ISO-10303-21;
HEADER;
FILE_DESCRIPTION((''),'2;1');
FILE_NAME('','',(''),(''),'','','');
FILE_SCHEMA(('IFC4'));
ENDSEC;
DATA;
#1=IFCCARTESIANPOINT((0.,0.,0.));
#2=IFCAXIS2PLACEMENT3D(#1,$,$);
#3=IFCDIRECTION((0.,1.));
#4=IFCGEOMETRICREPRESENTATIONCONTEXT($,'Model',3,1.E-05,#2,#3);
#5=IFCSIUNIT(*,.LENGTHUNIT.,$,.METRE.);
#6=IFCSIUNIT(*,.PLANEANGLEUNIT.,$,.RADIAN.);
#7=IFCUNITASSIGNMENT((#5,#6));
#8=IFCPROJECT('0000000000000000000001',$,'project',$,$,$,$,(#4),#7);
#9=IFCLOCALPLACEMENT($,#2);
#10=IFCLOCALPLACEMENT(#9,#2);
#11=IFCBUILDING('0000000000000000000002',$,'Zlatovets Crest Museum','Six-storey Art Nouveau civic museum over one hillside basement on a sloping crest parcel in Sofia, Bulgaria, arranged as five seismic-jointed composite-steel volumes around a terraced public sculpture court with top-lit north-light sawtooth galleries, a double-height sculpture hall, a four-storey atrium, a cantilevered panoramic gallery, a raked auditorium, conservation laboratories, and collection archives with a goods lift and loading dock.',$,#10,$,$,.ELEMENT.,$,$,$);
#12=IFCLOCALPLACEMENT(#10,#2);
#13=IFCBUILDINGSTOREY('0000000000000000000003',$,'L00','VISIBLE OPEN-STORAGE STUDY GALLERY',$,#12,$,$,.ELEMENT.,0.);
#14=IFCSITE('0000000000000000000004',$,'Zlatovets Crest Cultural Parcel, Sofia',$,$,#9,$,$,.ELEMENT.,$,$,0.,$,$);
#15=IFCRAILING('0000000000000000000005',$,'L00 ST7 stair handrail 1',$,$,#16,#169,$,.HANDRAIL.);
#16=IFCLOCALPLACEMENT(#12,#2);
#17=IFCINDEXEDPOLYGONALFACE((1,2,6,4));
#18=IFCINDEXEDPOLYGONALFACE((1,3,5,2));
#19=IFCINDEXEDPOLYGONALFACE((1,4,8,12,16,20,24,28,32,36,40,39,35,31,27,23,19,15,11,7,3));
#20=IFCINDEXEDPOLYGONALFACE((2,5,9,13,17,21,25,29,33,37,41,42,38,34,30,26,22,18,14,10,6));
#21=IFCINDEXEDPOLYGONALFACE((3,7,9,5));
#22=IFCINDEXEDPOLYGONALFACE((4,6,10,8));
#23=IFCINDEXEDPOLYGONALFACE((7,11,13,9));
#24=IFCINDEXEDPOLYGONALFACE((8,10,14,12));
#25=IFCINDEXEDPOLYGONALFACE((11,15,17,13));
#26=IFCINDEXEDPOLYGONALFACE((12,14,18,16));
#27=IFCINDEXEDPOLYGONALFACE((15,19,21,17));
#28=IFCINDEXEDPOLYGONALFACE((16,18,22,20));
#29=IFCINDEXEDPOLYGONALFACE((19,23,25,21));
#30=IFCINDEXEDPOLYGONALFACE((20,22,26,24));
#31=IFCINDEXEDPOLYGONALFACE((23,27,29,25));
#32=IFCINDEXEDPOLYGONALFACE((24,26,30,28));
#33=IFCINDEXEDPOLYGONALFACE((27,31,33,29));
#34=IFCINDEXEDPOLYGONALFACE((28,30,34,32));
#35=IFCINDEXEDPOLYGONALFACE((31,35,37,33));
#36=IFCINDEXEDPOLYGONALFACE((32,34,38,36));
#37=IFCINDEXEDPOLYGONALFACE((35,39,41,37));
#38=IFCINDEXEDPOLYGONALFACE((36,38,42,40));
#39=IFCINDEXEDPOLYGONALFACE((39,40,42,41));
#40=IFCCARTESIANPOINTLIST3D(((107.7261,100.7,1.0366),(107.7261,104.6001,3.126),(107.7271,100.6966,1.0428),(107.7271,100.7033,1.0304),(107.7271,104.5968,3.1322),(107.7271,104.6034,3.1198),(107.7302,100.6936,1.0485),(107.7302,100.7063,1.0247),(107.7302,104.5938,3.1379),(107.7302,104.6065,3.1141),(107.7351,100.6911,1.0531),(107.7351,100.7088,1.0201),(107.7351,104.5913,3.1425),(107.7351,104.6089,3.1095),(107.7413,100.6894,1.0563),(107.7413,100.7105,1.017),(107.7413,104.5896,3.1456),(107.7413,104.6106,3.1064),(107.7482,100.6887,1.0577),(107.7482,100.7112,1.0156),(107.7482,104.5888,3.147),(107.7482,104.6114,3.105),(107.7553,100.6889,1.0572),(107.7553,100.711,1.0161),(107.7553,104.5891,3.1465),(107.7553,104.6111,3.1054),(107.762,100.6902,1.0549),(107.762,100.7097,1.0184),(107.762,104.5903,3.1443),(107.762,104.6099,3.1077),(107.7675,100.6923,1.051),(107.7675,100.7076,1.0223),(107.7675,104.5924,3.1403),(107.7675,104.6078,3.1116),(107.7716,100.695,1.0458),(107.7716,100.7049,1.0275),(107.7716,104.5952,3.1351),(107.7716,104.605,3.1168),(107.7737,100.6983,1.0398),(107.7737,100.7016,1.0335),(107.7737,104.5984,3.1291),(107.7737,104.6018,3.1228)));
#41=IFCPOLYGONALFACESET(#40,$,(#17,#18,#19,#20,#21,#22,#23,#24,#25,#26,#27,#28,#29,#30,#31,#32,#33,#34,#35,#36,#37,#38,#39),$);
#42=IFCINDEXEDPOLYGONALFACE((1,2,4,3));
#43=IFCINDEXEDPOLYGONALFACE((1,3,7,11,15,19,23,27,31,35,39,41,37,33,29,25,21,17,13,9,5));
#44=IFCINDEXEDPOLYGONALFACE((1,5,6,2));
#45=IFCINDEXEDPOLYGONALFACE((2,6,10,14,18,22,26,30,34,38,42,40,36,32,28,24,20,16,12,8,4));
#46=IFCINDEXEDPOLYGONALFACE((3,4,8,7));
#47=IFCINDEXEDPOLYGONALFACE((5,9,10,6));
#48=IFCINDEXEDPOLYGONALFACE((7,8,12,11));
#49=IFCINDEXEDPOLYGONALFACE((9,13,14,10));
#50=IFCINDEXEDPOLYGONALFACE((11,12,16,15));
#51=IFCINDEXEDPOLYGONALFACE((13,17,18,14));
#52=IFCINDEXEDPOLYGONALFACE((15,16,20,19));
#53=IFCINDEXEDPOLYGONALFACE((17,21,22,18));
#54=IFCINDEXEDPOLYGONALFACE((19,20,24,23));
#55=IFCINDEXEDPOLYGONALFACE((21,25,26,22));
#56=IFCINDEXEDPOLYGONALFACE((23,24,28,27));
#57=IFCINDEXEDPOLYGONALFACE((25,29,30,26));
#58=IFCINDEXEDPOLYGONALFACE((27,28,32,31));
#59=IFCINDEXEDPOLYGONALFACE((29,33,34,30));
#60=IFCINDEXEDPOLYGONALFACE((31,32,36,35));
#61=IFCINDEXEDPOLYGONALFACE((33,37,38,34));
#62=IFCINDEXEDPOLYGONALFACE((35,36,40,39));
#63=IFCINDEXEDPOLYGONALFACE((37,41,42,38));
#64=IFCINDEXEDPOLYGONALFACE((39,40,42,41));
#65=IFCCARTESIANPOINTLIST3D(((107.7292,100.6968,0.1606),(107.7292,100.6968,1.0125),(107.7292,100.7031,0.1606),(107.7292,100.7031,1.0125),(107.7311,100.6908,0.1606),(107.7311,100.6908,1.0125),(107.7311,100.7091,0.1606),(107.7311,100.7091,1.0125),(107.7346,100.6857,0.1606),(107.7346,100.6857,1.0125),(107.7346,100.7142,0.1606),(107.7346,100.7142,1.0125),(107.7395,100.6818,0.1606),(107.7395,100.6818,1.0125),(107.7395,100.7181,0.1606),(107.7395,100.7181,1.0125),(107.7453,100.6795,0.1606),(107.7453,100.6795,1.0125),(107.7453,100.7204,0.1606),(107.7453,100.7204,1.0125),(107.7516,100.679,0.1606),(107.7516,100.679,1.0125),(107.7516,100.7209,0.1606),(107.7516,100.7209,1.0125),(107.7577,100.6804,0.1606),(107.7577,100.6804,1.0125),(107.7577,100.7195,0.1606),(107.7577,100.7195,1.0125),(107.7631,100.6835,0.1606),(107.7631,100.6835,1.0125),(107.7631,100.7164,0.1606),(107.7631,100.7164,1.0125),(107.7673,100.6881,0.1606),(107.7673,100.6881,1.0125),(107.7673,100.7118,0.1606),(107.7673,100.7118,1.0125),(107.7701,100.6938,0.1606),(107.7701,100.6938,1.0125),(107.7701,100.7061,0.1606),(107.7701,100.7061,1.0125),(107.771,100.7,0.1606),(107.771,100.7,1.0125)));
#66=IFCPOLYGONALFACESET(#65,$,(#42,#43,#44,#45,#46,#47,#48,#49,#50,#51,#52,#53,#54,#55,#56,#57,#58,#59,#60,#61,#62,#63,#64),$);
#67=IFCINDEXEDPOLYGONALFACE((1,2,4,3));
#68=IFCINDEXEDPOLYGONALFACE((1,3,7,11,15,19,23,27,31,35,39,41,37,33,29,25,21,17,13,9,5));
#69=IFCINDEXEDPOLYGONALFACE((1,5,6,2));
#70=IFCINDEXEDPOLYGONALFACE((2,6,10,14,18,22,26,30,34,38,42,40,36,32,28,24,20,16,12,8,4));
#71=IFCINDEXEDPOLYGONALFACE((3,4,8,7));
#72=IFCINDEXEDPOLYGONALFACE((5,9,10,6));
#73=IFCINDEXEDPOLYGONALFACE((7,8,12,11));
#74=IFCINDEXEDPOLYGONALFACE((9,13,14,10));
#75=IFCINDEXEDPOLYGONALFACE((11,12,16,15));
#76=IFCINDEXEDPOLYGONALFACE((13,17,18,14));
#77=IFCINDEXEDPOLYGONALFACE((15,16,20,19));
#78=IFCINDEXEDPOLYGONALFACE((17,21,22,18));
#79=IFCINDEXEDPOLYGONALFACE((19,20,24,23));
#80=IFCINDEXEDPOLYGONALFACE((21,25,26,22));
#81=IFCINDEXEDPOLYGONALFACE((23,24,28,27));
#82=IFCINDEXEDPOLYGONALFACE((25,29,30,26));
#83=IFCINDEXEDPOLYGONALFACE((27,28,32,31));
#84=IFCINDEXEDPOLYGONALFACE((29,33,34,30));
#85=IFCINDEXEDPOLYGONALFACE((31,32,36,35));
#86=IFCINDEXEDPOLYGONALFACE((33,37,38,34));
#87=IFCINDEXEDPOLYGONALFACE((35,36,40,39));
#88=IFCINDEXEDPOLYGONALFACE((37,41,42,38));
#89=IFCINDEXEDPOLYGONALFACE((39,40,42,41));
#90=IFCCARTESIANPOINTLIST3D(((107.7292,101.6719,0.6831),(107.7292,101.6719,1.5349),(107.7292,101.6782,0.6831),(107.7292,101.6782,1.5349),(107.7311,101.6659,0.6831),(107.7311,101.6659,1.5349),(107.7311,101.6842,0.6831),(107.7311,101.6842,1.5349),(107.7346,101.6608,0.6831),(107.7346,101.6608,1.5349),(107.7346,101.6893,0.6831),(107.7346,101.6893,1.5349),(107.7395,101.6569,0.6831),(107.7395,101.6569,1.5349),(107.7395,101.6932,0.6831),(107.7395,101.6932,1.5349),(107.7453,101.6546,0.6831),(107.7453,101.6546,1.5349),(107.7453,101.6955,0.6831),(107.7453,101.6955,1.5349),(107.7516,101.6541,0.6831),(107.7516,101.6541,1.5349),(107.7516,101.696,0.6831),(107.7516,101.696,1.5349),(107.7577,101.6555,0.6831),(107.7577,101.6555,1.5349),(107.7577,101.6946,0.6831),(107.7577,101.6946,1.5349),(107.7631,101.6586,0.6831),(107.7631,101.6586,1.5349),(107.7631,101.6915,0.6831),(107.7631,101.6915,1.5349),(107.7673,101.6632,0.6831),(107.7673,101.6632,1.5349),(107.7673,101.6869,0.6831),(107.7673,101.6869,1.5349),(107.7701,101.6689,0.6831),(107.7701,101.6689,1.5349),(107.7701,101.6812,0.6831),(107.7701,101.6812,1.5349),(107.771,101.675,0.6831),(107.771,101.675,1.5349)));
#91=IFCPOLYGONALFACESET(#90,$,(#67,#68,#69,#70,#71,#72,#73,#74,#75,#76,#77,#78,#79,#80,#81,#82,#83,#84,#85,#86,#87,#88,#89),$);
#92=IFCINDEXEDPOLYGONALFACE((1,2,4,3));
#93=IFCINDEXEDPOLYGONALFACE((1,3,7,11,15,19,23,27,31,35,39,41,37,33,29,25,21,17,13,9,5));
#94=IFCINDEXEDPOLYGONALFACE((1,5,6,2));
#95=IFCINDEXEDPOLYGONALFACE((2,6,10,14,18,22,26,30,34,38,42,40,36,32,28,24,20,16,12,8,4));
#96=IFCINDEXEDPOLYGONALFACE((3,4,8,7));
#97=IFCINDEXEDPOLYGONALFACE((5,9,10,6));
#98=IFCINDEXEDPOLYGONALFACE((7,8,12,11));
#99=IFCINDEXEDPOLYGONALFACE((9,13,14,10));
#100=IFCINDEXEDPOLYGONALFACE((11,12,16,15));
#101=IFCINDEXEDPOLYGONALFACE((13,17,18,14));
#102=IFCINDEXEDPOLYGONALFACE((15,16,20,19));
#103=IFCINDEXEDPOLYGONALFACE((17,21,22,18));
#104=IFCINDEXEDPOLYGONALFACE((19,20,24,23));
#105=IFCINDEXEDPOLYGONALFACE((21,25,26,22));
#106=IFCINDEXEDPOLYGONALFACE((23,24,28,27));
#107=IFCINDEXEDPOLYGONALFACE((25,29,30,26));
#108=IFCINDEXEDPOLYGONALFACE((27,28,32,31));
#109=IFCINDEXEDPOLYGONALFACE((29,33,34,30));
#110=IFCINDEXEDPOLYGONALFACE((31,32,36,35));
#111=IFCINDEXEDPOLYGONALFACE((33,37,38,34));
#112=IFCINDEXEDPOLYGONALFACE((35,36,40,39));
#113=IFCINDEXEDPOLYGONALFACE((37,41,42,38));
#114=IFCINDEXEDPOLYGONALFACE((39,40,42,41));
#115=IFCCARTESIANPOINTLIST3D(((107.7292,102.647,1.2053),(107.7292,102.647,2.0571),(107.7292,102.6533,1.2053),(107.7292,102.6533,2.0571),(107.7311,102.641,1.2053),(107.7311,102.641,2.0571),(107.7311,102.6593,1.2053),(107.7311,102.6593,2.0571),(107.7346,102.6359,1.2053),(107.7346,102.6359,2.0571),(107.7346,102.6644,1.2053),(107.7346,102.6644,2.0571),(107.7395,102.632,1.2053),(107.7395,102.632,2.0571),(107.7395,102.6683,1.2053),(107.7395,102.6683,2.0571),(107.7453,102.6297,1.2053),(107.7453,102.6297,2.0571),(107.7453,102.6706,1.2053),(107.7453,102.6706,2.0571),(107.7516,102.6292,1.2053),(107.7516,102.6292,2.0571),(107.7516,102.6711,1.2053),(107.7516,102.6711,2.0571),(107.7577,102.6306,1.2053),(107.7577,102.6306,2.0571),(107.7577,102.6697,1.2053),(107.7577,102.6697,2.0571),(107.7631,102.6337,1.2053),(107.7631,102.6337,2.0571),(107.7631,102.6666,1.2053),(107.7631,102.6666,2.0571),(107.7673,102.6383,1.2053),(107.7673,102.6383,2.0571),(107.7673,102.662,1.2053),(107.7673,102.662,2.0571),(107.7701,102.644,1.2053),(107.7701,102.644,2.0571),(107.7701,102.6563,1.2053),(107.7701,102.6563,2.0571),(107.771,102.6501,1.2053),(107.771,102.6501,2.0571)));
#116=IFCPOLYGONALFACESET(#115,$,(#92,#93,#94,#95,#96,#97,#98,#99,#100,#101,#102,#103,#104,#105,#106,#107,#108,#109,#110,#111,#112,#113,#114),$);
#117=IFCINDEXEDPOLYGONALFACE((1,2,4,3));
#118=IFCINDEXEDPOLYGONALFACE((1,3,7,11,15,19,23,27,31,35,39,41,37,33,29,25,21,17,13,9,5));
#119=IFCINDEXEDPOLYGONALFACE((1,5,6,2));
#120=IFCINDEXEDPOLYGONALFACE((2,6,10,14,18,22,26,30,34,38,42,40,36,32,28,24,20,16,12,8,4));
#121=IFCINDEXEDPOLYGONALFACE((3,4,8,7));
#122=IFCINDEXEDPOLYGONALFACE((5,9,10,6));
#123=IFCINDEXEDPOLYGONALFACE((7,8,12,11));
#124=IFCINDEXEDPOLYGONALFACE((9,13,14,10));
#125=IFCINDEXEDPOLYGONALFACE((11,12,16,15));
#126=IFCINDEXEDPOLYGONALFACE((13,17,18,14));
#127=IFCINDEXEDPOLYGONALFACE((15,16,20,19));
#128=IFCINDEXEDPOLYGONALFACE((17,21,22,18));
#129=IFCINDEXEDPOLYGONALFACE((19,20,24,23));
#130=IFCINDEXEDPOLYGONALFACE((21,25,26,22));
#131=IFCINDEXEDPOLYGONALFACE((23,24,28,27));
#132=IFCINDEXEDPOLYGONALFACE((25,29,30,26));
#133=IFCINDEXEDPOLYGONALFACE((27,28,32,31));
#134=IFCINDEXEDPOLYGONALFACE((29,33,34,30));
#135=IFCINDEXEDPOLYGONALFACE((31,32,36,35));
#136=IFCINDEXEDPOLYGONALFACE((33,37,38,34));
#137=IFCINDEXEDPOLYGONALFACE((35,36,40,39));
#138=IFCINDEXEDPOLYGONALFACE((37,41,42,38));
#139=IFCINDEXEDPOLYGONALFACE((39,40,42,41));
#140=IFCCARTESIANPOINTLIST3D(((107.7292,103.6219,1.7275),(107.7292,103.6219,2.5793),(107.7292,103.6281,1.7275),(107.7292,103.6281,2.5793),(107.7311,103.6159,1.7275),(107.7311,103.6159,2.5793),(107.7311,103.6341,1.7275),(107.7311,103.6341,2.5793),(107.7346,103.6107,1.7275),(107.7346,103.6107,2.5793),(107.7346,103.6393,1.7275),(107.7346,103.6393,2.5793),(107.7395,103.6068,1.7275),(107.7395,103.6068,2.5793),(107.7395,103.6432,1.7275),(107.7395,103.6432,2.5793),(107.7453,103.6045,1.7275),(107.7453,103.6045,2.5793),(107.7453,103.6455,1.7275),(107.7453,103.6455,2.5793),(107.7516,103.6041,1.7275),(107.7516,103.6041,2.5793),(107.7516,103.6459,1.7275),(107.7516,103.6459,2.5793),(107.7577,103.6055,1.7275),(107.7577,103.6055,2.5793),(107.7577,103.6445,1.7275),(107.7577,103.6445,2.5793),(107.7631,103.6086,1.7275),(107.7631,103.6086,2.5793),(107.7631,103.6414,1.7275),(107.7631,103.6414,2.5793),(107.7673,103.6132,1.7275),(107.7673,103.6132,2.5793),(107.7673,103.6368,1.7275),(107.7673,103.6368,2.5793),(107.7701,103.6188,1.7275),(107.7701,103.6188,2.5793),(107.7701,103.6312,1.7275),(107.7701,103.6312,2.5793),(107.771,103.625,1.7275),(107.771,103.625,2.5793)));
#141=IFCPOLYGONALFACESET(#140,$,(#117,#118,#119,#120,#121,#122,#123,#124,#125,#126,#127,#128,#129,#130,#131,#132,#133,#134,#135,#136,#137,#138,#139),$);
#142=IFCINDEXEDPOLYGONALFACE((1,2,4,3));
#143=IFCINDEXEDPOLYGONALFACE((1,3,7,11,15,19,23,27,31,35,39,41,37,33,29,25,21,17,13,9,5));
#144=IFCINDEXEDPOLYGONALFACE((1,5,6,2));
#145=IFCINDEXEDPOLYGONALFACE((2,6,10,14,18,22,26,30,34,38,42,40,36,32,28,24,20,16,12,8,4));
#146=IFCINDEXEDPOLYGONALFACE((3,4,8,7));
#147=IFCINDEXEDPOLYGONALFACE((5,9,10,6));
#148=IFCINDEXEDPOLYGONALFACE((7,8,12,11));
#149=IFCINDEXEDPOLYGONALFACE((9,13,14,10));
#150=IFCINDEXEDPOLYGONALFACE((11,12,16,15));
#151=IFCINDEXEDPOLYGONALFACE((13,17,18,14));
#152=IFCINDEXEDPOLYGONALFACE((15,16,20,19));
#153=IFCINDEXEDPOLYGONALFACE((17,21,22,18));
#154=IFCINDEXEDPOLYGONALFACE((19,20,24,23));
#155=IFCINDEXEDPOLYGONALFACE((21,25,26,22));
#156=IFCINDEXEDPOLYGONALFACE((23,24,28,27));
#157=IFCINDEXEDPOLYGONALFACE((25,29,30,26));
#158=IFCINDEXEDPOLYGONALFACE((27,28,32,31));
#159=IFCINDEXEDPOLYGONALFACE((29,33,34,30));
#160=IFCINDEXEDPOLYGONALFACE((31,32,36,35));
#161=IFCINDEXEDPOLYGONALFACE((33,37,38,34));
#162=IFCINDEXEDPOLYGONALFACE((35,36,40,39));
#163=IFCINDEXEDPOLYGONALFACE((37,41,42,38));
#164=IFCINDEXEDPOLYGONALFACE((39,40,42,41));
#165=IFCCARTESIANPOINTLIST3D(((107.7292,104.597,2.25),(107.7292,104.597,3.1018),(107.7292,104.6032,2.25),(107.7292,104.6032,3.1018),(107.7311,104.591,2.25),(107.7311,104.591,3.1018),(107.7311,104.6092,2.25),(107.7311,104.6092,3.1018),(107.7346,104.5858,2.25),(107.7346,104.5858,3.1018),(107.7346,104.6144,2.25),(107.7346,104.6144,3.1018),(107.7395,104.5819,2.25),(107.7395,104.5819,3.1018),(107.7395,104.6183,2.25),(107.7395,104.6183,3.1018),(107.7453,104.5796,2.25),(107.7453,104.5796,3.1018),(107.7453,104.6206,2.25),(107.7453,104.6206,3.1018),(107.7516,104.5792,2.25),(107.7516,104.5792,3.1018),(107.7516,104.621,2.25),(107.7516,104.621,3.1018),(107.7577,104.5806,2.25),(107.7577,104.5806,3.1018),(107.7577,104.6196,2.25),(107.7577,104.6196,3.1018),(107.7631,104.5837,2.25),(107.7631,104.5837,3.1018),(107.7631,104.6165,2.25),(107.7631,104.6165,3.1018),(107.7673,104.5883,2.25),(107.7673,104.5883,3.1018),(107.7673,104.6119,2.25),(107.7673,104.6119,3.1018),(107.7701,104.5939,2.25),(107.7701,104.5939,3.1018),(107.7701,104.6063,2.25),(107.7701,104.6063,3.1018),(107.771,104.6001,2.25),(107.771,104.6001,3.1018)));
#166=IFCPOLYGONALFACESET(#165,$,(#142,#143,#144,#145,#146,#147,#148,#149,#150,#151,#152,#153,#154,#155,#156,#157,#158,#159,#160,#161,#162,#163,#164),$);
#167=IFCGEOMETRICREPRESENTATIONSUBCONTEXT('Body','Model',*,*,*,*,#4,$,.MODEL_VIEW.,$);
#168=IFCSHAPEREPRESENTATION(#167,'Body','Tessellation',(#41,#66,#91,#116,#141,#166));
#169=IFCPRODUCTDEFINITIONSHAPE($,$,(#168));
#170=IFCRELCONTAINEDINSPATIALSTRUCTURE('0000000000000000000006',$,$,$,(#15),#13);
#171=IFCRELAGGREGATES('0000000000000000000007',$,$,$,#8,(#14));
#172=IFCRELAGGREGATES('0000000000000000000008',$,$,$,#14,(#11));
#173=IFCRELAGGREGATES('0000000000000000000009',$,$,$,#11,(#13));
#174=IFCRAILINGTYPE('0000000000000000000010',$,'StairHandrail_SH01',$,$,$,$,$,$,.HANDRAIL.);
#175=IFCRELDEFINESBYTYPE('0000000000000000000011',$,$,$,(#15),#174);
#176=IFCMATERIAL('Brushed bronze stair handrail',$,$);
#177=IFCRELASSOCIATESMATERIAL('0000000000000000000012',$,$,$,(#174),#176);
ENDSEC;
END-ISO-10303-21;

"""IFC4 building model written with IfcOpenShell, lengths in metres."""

from ifc_helpers import new_model, si_unit, direction, frame, origin, origin_2d, place, context, subcontext, project, spatial, circle, extrude, material, type_object, element, save


model = new_model("IFC4")

# Units and contexts
model_context = context("Model", 3, precision=1e-05, world=origin(), true_north=direction((0.0, 1.0)))
body_context = subcontext(model_context, "Body", "Model", "MODEL_VIEW")
ifc_project = project(units=[si_unit("LENGTHUNIT", "METRE"), si_unit("PLANEANGLEUNIT", "RADIAN")], contexts=[model_context])

# Site, building, storey
site_placement = place(None, origin())
site = spatial("IfcSite", under=ifc_project, at=site_placement, Name="Zlatovets Crest Cultural Parcel, Sofia", CompositionType="ELEMENT", RefElevation=0.0)
building_placement = place(site_placement, origin())
building = spatial("IfcBuilding", under=site, at=building_placement, Name="Zlatovets Crest Museum", Description="Six-storey Art Nouveau civic museum over one hillside basement on a sloping crest parcel in Sofia, Bulgaria, arranged as five seismic-jointed composite-steel volumes around a terraced public sculpture court with top-lit north-light sawtooth galleries, a double-height sculpture hall, a four-storey atrium, a cantilevered panoramic gallery, a raked auditorium, conservation laboratories, and collection archives with a goods lift and loading dock.", CompositionType="ELEMENT")
storey_placement = place(building_placement, origin())
storey = spatial("IfcBuildingStorey", under=building, at=storey_placement, Name="L00", Description="VISIBLE OPEN-STORAGE STUDY GALLERY", CompositionType="ELEMENT", Elevation=0.0)

# Railing
ifc_material_1 = material(Name="Brushed bronze stair handrail")
railing_type_1 = type_object("IfcRailingType", Name="StairHandrail_SH01", PredefinedType="HANDRAIL", material=ifc_material_1)
railing_1_placement = place(storey_placement, frame((107.75, 100.7, 0.1606)))
element("IfcRailing", 1, at=railing_1_placement, inside=storey, type_object=railing_type_1, Name="L00 ST7 stair handrail 1", PredefinedType="HANDRAIL", context=body_context, shape_type="SweptSolid", body=[
    extrude(circle(Radius=0.0239, at=origin_2d()), frame((0.0, 0.0, 0.876), z_axis=(0.0, 0.881481, 0.47222), x_axis=(-1.0, 0.0, 0.0)), (0.0, 0.0, 1.0), 4.4246),
    extrude(circle(Radius=0.021, at=origin_2d()), origin(), (0.0, 0.0, 1.0), 0.8518),
    extrude(circle(Radius=0.021, at=origin_2d()), frame((0.0, 0.9751, 0.5225)), (0.0, 0.0, 1.0), 0.8518),
    extrude(circle(Radius=0.021, at=origin_2d()), frame((0.0, 1.9502, 1.0447)), (0.0, 0.0, 1.0), 0.8518),
    extrude(circle(Radius=0.021, at=origin_2d()), frame((0.0, 2.925, 1.5669)), (0.0, 0.0, 1.0), 0.8518),
    extrude(circle(Radius=0.021, at=origin_2d()), frame((0.0, 3.9001, 2.0894)), (0.0, 0.0, 1.0), 0.8518),
])

save(model, "model.ifc")
